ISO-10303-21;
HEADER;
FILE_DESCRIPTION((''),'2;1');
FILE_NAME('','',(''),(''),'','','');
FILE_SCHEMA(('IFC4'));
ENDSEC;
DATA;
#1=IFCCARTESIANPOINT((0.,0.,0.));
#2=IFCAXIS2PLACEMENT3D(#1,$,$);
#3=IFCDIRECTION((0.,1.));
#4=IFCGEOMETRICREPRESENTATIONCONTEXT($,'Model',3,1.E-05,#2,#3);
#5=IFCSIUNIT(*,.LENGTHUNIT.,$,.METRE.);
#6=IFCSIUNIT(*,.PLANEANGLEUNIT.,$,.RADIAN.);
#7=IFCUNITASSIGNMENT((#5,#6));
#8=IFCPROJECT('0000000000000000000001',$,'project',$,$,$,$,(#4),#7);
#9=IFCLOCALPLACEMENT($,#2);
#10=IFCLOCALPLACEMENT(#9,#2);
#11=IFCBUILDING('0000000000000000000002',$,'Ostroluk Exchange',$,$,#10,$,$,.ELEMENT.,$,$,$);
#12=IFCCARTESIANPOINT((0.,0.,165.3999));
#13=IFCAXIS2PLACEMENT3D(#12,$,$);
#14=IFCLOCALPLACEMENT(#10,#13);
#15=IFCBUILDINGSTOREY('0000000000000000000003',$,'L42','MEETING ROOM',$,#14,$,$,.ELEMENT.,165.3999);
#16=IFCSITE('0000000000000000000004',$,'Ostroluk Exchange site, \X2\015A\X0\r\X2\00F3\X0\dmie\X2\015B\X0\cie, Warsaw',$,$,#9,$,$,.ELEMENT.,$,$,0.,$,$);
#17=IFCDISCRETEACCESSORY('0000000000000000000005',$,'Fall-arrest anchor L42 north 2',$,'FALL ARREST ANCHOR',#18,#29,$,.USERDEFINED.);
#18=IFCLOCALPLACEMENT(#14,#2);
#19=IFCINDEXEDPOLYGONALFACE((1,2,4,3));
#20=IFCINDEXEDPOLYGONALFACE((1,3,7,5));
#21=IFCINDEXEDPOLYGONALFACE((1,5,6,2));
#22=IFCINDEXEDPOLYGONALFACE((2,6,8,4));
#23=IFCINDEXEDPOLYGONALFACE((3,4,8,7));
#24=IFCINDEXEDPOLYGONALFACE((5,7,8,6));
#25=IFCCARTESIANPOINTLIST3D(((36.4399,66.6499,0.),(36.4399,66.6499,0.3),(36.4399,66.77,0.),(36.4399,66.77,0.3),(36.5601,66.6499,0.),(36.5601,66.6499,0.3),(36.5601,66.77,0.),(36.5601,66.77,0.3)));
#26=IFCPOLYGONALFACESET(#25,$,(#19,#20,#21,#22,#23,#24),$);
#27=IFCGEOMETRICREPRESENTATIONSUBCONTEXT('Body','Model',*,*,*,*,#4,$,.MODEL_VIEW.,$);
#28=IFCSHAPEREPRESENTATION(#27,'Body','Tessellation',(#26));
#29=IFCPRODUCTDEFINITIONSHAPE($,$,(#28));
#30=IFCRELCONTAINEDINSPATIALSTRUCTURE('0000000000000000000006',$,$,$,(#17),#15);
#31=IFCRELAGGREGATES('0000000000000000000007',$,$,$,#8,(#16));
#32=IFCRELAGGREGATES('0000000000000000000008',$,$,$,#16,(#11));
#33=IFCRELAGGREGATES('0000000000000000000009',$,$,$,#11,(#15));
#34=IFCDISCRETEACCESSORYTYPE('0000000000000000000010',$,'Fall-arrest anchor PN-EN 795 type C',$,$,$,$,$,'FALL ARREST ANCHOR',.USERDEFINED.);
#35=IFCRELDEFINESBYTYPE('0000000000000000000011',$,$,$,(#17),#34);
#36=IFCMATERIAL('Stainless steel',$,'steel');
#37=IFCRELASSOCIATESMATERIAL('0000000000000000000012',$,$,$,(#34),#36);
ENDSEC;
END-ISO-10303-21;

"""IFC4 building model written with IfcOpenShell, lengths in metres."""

from ifc_helpers import new_model, si_unit, direction, frame, origin, origin_2d, place, context, subcontext, project, spatial, rectangle, extrude, material, type_object, element, save


model = new_model("IFC4")

# Units and contexts
model_context = context("Model", 3, precision=1e-05, world=origin(), true_north=direction((0.0, 1.0)))
body_context = subcontext(model_context, "Body", "Model", "MODEL_VIEW")
ifc_project = project(units=[si_unit("LENGTHUNIT", "METRE"), si_unit("PLANEANGLEUNIT", "RADIAN")], contexts=[model_context])

# Site, building, storey
site_placement = place(None, origin())
site = spatial("IfcSite", under=ifc_project, at=site_placement, Name="Ostroluk Exchange site, Śródmieście, Warsaw", CompositionType="ELEMENT", RefElevation=0.0)
building_placement = place(site_placement, origin())
building = spatial("IfcBuilding", under=site, at=building_placement, Name="Ostroluk Exchange", CompositionType="ELEMENT")
storey_placement = place(building_placement, frame((0.0, 0.0, 165.3999)))
storey = spatial("IfcBuildingStorey", under=building, at=storey_placement, Name="L42", Description="MEETING ROOM", CompositionType="ELEMENT", Elevation=165.3999)

# Discrete accessory
ifc_material_1 = material(Name="Stainless steel", Category="steel")
discrete_accessory_type = type_object("IfcDiscreteAccessoryType", Name="Fall-arrest anchor PN-EN 795 type C", ElementType="FALL ARREST ANCHOR", PredefinedType="USERDEFINED", material=ifc_material_1)
discrete_accessory_placement = place(storey_placement, frame((36.5, 66.71, 0.0), z_axis=(0.0, 0.0, 1.0), x_axis=(1.0, 0.0, 0.0)))
element("IfcDiscreteAccessory", 1, at=discrete_accessory_placement, inside=storey, type_object=discrete_accessory_type, Name="Fall-arrest anchor L42 north 2", ObjectType="FALL ARREST ANCHOR", PredefinedType="USERDEFINED", context=body_context, shape_type="SweptSolid", body=[
    extrude(rectangle(XDim=0.1201, YDim=0.1201, at=origin_2d()), origin(), (0.0, 0.0, 1.0), 0.3),
])

save(model, "model.ifc")
